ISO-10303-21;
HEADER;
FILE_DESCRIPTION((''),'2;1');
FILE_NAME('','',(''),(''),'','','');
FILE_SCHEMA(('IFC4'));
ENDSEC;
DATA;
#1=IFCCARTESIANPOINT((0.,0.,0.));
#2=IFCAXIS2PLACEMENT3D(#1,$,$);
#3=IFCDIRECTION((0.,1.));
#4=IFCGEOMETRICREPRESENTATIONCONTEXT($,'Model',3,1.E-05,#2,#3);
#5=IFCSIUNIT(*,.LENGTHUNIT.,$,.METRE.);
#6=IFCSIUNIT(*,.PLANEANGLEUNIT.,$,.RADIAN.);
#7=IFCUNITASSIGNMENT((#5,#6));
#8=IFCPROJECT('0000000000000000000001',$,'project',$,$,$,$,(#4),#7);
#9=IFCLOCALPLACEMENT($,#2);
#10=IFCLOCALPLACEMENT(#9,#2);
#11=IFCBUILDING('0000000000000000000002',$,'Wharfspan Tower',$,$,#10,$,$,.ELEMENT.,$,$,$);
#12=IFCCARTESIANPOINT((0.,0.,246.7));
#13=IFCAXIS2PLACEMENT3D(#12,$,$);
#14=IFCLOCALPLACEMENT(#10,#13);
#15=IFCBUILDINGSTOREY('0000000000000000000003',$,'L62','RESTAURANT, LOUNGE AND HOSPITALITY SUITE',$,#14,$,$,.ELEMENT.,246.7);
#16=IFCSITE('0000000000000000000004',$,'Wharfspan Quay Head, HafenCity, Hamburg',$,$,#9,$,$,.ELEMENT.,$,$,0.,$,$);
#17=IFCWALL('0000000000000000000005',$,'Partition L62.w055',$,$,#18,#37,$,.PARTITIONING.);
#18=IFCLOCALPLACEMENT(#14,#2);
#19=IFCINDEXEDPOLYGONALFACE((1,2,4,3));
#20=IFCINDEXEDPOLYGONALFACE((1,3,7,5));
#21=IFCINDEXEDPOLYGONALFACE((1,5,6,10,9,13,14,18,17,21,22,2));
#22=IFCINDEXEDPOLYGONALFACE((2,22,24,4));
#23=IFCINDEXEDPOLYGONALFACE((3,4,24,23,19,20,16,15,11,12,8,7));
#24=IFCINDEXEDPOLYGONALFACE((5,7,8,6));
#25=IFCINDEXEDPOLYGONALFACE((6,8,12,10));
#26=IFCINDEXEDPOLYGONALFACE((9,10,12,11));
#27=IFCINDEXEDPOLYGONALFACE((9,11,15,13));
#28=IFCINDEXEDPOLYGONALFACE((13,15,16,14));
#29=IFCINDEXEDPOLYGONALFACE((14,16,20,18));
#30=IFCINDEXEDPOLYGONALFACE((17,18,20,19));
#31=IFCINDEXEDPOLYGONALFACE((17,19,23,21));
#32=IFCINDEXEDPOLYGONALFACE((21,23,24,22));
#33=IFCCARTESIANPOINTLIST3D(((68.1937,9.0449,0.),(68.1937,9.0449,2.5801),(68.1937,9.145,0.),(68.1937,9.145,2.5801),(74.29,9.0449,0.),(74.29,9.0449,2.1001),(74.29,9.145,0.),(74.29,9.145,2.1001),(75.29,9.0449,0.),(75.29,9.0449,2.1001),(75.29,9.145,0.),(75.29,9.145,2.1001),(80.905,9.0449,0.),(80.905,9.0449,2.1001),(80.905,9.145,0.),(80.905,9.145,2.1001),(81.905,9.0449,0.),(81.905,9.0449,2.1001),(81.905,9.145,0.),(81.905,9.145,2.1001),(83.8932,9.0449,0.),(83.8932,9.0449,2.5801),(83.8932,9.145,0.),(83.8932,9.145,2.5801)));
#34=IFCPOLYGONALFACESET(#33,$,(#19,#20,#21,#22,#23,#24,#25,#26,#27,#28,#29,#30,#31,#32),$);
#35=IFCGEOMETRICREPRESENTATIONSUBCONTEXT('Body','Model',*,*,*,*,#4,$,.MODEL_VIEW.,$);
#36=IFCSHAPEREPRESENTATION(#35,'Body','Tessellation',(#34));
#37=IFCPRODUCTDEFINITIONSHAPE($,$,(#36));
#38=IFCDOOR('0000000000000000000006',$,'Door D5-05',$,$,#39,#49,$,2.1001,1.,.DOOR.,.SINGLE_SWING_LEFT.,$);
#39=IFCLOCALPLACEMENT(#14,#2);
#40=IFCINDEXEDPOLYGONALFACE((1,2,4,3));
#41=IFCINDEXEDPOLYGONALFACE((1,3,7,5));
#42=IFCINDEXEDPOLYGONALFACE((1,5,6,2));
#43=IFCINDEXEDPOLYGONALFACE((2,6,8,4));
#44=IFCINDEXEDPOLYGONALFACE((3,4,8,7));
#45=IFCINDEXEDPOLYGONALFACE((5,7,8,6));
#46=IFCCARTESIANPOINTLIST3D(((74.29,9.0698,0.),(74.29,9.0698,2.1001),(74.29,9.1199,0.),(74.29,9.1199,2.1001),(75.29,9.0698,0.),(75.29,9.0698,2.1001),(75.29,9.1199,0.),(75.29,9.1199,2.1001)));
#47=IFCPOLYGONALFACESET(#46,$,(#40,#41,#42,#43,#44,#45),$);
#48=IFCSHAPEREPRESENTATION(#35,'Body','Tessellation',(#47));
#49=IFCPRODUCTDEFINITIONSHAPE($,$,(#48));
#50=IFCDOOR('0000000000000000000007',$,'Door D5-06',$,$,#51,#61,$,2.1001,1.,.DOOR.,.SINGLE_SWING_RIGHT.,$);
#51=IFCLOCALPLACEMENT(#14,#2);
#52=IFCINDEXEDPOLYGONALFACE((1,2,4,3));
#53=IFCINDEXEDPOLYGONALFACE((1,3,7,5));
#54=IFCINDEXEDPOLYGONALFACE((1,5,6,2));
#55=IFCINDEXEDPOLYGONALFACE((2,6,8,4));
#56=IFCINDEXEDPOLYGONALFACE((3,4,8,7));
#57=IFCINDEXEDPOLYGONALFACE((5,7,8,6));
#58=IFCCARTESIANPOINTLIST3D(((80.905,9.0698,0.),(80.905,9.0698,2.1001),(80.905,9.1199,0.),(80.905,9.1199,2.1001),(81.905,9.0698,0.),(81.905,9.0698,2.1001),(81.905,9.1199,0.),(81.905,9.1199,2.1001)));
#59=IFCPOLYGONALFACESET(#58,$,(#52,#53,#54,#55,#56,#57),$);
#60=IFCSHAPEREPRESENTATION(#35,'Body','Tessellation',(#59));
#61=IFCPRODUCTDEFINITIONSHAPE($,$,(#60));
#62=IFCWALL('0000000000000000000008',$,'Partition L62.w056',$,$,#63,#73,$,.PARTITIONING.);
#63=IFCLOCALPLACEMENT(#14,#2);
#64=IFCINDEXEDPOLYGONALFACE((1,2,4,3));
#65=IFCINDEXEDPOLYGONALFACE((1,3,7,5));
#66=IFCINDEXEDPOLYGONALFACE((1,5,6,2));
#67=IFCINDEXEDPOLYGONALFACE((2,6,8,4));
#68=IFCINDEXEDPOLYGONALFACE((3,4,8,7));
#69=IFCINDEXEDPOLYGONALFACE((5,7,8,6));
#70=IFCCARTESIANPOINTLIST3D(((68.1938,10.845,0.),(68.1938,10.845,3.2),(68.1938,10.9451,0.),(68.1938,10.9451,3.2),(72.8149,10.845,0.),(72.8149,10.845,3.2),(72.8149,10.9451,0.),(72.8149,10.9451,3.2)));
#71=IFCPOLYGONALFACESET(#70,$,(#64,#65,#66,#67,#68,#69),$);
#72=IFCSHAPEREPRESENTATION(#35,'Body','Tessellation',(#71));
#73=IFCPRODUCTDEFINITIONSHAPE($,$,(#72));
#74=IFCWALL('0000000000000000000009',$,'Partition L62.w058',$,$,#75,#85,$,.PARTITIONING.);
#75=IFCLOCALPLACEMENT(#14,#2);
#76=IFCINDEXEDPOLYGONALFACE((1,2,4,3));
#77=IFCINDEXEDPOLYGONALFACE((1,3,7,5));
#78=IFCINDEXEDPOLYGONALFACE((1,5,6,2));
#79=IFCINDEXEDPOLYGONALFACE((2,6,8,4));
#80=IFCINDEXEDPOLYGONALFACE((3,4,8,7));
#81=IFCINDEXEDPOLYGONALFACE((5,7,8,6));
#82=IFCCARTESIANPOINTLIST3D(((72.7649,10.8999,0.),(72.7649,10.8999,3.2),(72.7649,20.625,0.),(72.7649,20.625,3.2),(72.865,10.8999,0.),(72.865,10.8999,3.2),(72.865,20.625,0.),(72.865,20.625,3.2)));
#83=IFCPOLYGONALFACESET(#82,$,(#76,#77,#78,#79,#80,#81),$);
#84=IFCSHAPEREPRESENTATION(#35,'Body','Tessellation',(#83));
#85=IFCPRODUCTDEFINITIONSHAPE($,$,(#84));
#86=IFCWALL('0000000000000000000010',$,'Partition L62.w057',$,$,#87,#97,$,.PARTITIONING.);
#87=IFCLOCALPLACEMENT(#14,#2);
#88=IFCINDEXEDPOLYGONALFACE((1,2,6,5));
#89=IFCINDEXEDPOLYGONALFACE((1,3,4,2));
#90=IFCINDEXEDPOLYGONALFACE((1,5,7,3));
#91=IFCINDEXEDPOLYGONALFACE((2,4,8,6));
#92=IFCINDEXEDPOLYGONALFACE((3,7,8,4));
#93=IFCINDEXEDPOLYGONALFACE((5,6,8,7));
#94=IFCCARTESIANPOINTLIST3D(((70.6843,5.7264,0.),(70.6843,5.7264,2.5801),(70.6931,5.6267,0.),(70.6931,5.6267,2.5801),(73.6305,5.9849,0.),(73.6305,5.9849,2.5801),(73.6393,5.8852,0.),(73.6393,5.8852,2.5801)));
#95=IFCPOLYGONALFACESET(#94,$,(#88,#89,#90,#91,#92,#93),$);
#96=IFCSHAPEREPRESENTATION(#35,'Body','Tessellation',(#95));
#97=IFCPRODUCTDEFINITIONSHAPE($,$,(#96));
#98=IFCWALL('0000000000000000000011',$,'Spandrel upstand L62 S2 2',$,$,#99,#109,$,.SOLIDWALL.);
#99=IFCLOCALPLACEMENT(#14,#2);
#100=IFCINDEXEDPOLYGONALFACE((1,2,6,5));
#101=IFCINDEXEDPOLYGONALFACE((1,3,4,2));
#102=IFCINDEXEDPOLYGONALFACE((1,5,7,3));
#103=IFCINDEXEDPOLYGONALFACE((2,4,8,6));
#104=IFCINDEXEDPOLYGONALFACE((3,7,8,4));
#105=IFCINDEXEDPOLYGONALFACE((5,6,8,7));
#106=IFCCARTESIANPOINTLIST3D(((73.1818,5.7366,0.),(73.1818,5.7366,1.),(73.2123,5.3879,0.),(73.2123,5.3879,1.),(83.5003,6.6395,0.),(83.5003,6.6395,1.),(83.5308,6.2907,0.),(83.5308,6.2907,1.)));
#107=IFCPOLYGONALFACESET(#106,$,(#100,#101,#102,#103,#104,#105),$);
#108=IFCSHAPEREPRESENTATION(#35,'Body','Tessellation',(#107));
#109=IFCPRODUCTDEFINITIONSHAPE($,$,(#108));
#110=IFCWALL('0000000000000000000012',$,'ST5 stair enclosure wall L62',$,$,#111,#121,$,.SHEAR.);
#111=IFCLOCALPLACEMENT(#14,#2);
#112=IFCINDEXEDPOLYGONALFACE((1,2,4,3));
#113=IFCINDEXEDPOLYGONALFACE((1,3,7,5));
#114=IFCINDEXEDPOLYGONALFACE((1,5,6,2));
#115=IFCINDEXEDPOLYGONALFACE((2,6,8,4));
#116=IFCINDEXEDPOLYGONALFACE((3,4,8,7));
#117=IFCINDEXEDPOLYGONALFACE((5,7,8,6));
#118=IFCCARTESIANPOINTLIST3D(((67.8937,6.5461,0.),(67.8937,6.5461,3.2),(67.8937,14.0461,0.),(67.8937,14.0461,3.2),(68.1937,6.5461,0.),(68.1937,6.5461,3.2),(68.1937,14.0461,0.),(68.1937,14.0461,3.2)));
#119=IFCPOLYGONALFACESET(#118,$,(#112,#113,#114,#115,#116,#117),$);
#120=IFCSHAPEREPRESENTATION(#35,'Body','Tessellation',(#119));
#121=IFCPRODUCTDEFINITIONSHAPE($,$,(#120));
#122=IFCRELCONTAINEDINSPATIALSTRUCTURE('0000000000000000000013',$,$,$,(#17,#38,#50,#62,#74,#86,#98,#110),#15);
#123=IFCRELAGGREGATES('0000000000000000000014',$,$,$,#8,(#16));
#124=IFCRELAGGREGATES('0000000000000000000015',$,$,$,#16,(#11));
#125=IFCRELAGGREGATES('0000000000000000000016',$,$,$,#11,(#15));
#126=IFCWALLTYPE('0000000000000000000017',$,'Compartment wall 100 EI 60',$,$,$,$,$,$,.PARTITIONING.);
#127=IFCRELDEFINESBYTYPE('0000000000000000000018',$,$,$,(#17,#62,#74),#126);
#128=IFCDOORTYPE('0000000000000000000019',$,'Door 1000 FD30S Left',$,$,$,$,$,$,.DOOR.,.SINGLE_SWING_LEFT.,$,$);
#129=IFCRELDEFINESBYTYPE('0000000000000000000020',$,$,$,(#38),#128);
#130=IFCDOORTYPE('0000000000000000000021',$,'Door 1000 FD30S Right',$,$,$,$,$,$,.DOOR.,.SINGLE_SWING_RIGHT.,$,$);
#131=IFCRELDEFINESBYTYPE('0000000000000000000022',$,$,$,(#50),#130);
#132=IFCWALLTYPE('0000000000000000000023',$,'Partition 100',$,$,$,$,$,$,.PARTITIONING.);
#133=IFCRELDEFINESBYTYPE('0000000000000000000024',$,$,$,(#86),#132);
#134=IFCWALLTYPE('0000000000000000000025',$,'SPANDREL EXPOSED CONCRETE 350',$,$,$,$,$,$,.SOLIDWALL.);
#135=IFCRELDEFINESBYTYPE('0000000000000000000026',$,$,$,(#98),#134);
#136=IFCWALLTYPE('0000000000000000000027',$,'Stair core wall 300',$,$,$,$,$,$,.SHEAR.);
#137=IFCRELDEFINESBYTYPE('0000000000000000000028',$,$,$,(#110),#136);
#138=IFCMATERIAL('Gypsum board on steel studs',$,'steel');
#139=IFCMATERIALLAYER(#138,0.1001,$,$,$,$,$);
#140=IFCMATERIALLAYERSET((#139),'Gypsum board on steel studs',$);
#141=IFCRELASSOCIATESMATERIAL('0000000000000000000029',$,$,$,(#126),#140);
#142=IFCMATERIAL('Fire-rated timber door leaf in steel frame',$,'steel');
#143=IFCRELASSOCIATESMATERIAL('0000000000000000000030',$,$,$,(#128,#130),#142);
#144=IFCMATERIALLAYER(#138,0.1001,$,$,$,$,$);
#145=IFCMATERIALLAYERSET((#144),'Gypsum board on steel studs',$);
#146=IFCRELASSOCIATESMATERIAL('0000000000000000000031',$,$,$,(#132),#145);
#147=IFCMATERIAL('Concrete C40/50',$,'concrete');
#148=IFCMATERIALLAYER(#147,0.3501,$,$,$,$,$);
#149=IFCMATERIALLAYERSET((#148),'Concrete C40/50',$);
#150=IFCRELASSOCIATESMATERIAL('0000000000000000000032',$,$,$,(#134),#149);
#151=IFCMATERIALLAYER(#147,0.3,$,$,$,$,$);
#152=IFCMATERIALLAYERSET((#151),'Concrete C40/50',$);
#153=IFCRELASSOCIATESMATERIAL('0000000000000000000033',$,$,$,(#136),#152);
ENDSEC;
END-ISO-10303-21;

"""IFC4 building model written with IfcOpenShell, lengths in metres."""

from ifc_helpers import new_model, si_unit, direction, frame, frame_2d, origin, place, context, subcontext, project, spatial, rectangle, extrude, material, layer, layer_set, type_object, element, fill, save


model = new_model("IFC4")

# Units and contexts
model_context = context("Model", 3, precision=1e-05, world=origin(), true_north=direction((0.0, 1.0)))
body_context = subcontext(model_context, "Body", "Model", "MODEL_VIEW")
ifc_project = project(units=[si_unit("LENGTHUNIT", "METRE"), si_unit("PLANEANGLEUNIT", "RADIAN")], contexts=[model_context])

# Site, building, storey
site_placement = place(None, origin())
site = spatial("IfcSite", under=ifc_project, at=site_placement, Name="Wharfspan Quay Head, HafenCity, Hamburg", CompositionType="ELEMENT", RefElevation=0.0)
building_placement = place(site_placement, origin())
building = spatial("IfcBuilding", under=site, at=building_placement, Name="Wharfspan Tower", CompositionType="ELEMENT")
storey_placement = place(building_placement, frame((0.0, 0.0, 246.7)))
storey = spatial("IfcBuildingStorey", under=building, at=storey_placement, Name="L62", Description="RESTAURANT, LOUNGE AND HOSPITALITY SUITE", CompositionType="ELEMENT", Elevation=246.7)

# Shared definitions
ifc_material_1 = material(Name="Gypsum board on steel studs", Category="steel")
ifc_layer_1 = layer(ifc_material_1, 0.1001)
ifc_layer_set_1 = layer_set([ifc_layer_1], Name="Gypsum board on steel studs")
wall_type_1 = type_object("IfcWallType", Name="Compartment wall 100 EI 60", PredefinedType="PARTITIONING", material=ifc_layer_set_1)

# Wall, openings, doors
wall_1_placement = place(storey_placement, frame((68.1938, 9.095, 0.0), z_axis=(0.0, 0.0, 1.0), x_axis=(1.0, 0.0, 0.0)))
wall_1 = element("IfcWall", 1, at=wall_1_placement, inside=storey, type_object=wall_type_1, Name="Partition L62.w055", PredefinedType="PARTITIONING", context=body_context, shape_type="SweptSolid", body=[
    extrude(rectangle(XDim=15.6995, YDim=0.1001, at=frame_2d((7.8496, 0.0))), origin(), (0.0, 0.0, 1.0), 2.5801),
])
opening_1_placement = place(wall_1_placement, frame((6.0962, 0.0, 0.0)))
opening_1 = element("IfcOpeningElement", 2, at=opening_1_placement, cuts=wall_1, PredefinedType="OPENING", context=body_context, shape_type="SweptSolid", body=[
    extrude(rectangle(XDim=1.0, YDim=2.1001, at=frame_2d((0.5, 1.05))), frame((0.0, 0.0601, 0.0), z_axis=(0.0, -1.0, 0.0), x_axis=(1.0, 0.0, 0.0)), (0.0, 0.0, 1.0), 0.1201),
])
opening_2_placement = place(wall_1_placement, frame((12.7112, 0.0, 0.0)))
opening_2 = element("IfcOpeningElement", 3, at=opening_2_placement, cuts=wall_1, PredefinedType="OPENING", context=body_context, shape_type="SweptSolid", body=[
    extrude(rectangle(XDim=1.0, YDim=2.1001, at=frame_2d((0.5, 1.05))), frame((0.0, 0.0601, 0.0), z_axis=(0.0, -1.0, 0.0), x_axis=(1.0, 0.0, 0.0)), (0.0, 0.0, 1.0), 0.1201),
])
ifc_material_2 = material(Name="Fire-rated timber door leaf in steel frame", Category="steel")
door_type_1 = type_object("IfcDoorType", Name="Door 1000 FD30S Left", OperationType="SINGLE_SWING_LEFT", PredefinedType="DOOR", material=ifc_material_2)
door_1_placement = place(opening_1_placement, origin())
door_1 = element("IfcDoor", 4, at=door_1_placement, inside=storey, type_object=door_type_1, Name="Door D5-05", OperationType="SINGLE_SWING_LEFT", OverallHeight=2.1001, OverallWidth=1.0, PredefinedType="DOOR", context=body_context, shape_type="SweptSolid", body=[
    extrude(rectangle(XDim=1.0, YDim=2.1001, at=frame_2d((0.5, 1.05))), frame((0.0, 0.0249, 0.0), z_axis=(0.0, -1.0, 0.0), x_axis=(1.0, 0.0, 0.0)), (0.0, 0.0, 1.0), 0.05),
])
fill(opening_1, door_1)
door_type_2 = type_object("IfcDoorType", Name="Door 1000 FD30S Right", OperationType="SINGLE_SWING_RIGHT", PredefinedType="DOOR", material=ifc_material_2)
door_2_placement = place(opening_2_placement, origin())
door_2 = element("IfcDoor", 5, at=door_2_placement, inside=storey, type_object=door_type_2, Name="Door D5-06", OperationType="SINGLE_SWING_RIGHT", OverallHeight=2.1001, OverallWidth=1.0, PredefinedType="DOOR", context=body_context, shape_type="SweptSolid", body=[
    extrude(rectangle(XDim=1.0, YDim=2.1001, at=frame_2d((0.5, 1.05))), frame((0.0, 0.0249, 0.0), z_axis=(0.0, -1.0, 0.0), x_axis=(1.0, 0.0, 0.0)), (0.0, 0.0, 1.0), 0.05),
])
fill(opening_2, door_2)

# Walls
wall_2_placement = place(storey_placement, frame((68.1938, 10.895, 0.0), z_axis=(0.0, 0.0, 1.0), x_axis=(1.0, 0.0, 0.0)))
element("IfcWall", 6, at=wall_2_placement, inside=storey, type_object=wall_type_1, Name="Partition L62.w056", PredefinedType="PARTITIONING", context=body_context, shape_type="SweptSolid", body=[
    extrude(rectangle(XDim=4.6211, YDim=0.1001, at=frame_2d((2.3105, 0.0))), origin(), (0.0, 0.0, 1.0), 3.2),
])
wall_3_placement = place(storey_placement, frame((72.8149, 10.8999, 0.0), z_axis=(0.0, 0.0, 1.0), x_axis=(0.0, 1.0, 0.0)))
element("IfcWall", 7, at=wall_3_placement, inside=storey, type_object=wall_type_1, Name="Partition L62.w058", PredefinedType="PARTITIONING", context=body_context, shape_type="SweptSolid", body=[
    extrude(rectangle(XDim=9.7251, YDim=0.1001, at=frame_2d((4.8625, 0.0))), origin(), (0.0, 0.0, 1.0), 3.2),
])
ifc_layer_2 = layer(ifc_material_1, 0.1001)
ifc_layer_set_2 = layer_set([ifc_layer_2], Name="Gypsum board on steel studs")
wall_type_2 = type_object("IfcWallType", Name="Partition 100", PredefinedType="PARTITIONING", material=ifc_layer_set_2)
wall_4_placement = place(storey_placement, frame((70.6887, 5.6765, 0.0), z_axis=(0.0, 0.0, 1.0), x_axis=(0.996174, 0.087417, 0.0)))
element("IfcWall", 8, at=wall_4_placement, inside=storey, type_object=wall_type_2, Name="Partition L62.w057", PredefinedType="PARTITIONING", context=body_context, shape_type="SweptSolid", body=[
    extrude(rectangle(XDim=2.9575, YDim=0.1001, at=frame_2d((1.4788, 0.0))), origin(), (0.0, 0.0, 1.0), 2.5801),
])
ifc_material_3 = material(Name="Concrete C40/50", Category="concrete")
ifc_layer_3 = layer(ifc_material_3, 0.3501)
ifc_layer_set_3 = layer_set([ifc_layer_3], Name="Concrete C40/50")
wall_type_3 = type_object("IfcWallType", Name="SPANDREL EXPOSED CONCRETE 350", PredefinedType="SOLIDWALL", material=ifc_layer_set_3)
wall_5_placement = place(storey_placement, frame((73.197, 5.5623, 0.0), z_axis=(0.0, 0.0, 1.0), x_axis=(0.996198, 0.087163, 0.0)))
element("IfcWall", 9, at=wall_5_placement, inside=storey, type_object=wall_type_3, Name="Spandrel upstand L62 S2 2", PredefinedType="SOLIDWALL", context=body_context, shape_type="SweptSolid", body=[
    extrude(rectangle(XDim=10.3579, YDim=0.3501, at=frame_2d((5.179, 0.0))), origin(), (0.0, 0.0, 1.0), 1.0),
])
ifc_layer_4 = layer(ifc_material_3, 0.3)
ifc_layer_set_4 = layer_set([ifc_layer_4], Name="Concrete C40/50")
wall_type_4 = type_object("IfcWallType", Name="Stair core wall 300", PredefinedType="SHEAR", material=ifc_layer_set_4)
wall_6_placement = place(storey_placement, frame((68.0437, 6.5461, 0.0), z_axis=(0.0, 0.0, 1.0), x_axis=(0.0, 1.0, 0.0)))
element("IfcWall", 10, at=wall_6_placement, inside=storey, type_object=wall_type_4, Name="ST5 stair enclosure wall L62", PredefinedType="SHEAR", context=body_context, shape_type="SweptSolid", body=[
    extrude(rectangle(XDim=7.5, YDim=0.3, at=frame_2d((3.75, 0.0))), origin(), (0.0, 0.0, 1.0), 3.2),
])

save(model, "model.ifc")
